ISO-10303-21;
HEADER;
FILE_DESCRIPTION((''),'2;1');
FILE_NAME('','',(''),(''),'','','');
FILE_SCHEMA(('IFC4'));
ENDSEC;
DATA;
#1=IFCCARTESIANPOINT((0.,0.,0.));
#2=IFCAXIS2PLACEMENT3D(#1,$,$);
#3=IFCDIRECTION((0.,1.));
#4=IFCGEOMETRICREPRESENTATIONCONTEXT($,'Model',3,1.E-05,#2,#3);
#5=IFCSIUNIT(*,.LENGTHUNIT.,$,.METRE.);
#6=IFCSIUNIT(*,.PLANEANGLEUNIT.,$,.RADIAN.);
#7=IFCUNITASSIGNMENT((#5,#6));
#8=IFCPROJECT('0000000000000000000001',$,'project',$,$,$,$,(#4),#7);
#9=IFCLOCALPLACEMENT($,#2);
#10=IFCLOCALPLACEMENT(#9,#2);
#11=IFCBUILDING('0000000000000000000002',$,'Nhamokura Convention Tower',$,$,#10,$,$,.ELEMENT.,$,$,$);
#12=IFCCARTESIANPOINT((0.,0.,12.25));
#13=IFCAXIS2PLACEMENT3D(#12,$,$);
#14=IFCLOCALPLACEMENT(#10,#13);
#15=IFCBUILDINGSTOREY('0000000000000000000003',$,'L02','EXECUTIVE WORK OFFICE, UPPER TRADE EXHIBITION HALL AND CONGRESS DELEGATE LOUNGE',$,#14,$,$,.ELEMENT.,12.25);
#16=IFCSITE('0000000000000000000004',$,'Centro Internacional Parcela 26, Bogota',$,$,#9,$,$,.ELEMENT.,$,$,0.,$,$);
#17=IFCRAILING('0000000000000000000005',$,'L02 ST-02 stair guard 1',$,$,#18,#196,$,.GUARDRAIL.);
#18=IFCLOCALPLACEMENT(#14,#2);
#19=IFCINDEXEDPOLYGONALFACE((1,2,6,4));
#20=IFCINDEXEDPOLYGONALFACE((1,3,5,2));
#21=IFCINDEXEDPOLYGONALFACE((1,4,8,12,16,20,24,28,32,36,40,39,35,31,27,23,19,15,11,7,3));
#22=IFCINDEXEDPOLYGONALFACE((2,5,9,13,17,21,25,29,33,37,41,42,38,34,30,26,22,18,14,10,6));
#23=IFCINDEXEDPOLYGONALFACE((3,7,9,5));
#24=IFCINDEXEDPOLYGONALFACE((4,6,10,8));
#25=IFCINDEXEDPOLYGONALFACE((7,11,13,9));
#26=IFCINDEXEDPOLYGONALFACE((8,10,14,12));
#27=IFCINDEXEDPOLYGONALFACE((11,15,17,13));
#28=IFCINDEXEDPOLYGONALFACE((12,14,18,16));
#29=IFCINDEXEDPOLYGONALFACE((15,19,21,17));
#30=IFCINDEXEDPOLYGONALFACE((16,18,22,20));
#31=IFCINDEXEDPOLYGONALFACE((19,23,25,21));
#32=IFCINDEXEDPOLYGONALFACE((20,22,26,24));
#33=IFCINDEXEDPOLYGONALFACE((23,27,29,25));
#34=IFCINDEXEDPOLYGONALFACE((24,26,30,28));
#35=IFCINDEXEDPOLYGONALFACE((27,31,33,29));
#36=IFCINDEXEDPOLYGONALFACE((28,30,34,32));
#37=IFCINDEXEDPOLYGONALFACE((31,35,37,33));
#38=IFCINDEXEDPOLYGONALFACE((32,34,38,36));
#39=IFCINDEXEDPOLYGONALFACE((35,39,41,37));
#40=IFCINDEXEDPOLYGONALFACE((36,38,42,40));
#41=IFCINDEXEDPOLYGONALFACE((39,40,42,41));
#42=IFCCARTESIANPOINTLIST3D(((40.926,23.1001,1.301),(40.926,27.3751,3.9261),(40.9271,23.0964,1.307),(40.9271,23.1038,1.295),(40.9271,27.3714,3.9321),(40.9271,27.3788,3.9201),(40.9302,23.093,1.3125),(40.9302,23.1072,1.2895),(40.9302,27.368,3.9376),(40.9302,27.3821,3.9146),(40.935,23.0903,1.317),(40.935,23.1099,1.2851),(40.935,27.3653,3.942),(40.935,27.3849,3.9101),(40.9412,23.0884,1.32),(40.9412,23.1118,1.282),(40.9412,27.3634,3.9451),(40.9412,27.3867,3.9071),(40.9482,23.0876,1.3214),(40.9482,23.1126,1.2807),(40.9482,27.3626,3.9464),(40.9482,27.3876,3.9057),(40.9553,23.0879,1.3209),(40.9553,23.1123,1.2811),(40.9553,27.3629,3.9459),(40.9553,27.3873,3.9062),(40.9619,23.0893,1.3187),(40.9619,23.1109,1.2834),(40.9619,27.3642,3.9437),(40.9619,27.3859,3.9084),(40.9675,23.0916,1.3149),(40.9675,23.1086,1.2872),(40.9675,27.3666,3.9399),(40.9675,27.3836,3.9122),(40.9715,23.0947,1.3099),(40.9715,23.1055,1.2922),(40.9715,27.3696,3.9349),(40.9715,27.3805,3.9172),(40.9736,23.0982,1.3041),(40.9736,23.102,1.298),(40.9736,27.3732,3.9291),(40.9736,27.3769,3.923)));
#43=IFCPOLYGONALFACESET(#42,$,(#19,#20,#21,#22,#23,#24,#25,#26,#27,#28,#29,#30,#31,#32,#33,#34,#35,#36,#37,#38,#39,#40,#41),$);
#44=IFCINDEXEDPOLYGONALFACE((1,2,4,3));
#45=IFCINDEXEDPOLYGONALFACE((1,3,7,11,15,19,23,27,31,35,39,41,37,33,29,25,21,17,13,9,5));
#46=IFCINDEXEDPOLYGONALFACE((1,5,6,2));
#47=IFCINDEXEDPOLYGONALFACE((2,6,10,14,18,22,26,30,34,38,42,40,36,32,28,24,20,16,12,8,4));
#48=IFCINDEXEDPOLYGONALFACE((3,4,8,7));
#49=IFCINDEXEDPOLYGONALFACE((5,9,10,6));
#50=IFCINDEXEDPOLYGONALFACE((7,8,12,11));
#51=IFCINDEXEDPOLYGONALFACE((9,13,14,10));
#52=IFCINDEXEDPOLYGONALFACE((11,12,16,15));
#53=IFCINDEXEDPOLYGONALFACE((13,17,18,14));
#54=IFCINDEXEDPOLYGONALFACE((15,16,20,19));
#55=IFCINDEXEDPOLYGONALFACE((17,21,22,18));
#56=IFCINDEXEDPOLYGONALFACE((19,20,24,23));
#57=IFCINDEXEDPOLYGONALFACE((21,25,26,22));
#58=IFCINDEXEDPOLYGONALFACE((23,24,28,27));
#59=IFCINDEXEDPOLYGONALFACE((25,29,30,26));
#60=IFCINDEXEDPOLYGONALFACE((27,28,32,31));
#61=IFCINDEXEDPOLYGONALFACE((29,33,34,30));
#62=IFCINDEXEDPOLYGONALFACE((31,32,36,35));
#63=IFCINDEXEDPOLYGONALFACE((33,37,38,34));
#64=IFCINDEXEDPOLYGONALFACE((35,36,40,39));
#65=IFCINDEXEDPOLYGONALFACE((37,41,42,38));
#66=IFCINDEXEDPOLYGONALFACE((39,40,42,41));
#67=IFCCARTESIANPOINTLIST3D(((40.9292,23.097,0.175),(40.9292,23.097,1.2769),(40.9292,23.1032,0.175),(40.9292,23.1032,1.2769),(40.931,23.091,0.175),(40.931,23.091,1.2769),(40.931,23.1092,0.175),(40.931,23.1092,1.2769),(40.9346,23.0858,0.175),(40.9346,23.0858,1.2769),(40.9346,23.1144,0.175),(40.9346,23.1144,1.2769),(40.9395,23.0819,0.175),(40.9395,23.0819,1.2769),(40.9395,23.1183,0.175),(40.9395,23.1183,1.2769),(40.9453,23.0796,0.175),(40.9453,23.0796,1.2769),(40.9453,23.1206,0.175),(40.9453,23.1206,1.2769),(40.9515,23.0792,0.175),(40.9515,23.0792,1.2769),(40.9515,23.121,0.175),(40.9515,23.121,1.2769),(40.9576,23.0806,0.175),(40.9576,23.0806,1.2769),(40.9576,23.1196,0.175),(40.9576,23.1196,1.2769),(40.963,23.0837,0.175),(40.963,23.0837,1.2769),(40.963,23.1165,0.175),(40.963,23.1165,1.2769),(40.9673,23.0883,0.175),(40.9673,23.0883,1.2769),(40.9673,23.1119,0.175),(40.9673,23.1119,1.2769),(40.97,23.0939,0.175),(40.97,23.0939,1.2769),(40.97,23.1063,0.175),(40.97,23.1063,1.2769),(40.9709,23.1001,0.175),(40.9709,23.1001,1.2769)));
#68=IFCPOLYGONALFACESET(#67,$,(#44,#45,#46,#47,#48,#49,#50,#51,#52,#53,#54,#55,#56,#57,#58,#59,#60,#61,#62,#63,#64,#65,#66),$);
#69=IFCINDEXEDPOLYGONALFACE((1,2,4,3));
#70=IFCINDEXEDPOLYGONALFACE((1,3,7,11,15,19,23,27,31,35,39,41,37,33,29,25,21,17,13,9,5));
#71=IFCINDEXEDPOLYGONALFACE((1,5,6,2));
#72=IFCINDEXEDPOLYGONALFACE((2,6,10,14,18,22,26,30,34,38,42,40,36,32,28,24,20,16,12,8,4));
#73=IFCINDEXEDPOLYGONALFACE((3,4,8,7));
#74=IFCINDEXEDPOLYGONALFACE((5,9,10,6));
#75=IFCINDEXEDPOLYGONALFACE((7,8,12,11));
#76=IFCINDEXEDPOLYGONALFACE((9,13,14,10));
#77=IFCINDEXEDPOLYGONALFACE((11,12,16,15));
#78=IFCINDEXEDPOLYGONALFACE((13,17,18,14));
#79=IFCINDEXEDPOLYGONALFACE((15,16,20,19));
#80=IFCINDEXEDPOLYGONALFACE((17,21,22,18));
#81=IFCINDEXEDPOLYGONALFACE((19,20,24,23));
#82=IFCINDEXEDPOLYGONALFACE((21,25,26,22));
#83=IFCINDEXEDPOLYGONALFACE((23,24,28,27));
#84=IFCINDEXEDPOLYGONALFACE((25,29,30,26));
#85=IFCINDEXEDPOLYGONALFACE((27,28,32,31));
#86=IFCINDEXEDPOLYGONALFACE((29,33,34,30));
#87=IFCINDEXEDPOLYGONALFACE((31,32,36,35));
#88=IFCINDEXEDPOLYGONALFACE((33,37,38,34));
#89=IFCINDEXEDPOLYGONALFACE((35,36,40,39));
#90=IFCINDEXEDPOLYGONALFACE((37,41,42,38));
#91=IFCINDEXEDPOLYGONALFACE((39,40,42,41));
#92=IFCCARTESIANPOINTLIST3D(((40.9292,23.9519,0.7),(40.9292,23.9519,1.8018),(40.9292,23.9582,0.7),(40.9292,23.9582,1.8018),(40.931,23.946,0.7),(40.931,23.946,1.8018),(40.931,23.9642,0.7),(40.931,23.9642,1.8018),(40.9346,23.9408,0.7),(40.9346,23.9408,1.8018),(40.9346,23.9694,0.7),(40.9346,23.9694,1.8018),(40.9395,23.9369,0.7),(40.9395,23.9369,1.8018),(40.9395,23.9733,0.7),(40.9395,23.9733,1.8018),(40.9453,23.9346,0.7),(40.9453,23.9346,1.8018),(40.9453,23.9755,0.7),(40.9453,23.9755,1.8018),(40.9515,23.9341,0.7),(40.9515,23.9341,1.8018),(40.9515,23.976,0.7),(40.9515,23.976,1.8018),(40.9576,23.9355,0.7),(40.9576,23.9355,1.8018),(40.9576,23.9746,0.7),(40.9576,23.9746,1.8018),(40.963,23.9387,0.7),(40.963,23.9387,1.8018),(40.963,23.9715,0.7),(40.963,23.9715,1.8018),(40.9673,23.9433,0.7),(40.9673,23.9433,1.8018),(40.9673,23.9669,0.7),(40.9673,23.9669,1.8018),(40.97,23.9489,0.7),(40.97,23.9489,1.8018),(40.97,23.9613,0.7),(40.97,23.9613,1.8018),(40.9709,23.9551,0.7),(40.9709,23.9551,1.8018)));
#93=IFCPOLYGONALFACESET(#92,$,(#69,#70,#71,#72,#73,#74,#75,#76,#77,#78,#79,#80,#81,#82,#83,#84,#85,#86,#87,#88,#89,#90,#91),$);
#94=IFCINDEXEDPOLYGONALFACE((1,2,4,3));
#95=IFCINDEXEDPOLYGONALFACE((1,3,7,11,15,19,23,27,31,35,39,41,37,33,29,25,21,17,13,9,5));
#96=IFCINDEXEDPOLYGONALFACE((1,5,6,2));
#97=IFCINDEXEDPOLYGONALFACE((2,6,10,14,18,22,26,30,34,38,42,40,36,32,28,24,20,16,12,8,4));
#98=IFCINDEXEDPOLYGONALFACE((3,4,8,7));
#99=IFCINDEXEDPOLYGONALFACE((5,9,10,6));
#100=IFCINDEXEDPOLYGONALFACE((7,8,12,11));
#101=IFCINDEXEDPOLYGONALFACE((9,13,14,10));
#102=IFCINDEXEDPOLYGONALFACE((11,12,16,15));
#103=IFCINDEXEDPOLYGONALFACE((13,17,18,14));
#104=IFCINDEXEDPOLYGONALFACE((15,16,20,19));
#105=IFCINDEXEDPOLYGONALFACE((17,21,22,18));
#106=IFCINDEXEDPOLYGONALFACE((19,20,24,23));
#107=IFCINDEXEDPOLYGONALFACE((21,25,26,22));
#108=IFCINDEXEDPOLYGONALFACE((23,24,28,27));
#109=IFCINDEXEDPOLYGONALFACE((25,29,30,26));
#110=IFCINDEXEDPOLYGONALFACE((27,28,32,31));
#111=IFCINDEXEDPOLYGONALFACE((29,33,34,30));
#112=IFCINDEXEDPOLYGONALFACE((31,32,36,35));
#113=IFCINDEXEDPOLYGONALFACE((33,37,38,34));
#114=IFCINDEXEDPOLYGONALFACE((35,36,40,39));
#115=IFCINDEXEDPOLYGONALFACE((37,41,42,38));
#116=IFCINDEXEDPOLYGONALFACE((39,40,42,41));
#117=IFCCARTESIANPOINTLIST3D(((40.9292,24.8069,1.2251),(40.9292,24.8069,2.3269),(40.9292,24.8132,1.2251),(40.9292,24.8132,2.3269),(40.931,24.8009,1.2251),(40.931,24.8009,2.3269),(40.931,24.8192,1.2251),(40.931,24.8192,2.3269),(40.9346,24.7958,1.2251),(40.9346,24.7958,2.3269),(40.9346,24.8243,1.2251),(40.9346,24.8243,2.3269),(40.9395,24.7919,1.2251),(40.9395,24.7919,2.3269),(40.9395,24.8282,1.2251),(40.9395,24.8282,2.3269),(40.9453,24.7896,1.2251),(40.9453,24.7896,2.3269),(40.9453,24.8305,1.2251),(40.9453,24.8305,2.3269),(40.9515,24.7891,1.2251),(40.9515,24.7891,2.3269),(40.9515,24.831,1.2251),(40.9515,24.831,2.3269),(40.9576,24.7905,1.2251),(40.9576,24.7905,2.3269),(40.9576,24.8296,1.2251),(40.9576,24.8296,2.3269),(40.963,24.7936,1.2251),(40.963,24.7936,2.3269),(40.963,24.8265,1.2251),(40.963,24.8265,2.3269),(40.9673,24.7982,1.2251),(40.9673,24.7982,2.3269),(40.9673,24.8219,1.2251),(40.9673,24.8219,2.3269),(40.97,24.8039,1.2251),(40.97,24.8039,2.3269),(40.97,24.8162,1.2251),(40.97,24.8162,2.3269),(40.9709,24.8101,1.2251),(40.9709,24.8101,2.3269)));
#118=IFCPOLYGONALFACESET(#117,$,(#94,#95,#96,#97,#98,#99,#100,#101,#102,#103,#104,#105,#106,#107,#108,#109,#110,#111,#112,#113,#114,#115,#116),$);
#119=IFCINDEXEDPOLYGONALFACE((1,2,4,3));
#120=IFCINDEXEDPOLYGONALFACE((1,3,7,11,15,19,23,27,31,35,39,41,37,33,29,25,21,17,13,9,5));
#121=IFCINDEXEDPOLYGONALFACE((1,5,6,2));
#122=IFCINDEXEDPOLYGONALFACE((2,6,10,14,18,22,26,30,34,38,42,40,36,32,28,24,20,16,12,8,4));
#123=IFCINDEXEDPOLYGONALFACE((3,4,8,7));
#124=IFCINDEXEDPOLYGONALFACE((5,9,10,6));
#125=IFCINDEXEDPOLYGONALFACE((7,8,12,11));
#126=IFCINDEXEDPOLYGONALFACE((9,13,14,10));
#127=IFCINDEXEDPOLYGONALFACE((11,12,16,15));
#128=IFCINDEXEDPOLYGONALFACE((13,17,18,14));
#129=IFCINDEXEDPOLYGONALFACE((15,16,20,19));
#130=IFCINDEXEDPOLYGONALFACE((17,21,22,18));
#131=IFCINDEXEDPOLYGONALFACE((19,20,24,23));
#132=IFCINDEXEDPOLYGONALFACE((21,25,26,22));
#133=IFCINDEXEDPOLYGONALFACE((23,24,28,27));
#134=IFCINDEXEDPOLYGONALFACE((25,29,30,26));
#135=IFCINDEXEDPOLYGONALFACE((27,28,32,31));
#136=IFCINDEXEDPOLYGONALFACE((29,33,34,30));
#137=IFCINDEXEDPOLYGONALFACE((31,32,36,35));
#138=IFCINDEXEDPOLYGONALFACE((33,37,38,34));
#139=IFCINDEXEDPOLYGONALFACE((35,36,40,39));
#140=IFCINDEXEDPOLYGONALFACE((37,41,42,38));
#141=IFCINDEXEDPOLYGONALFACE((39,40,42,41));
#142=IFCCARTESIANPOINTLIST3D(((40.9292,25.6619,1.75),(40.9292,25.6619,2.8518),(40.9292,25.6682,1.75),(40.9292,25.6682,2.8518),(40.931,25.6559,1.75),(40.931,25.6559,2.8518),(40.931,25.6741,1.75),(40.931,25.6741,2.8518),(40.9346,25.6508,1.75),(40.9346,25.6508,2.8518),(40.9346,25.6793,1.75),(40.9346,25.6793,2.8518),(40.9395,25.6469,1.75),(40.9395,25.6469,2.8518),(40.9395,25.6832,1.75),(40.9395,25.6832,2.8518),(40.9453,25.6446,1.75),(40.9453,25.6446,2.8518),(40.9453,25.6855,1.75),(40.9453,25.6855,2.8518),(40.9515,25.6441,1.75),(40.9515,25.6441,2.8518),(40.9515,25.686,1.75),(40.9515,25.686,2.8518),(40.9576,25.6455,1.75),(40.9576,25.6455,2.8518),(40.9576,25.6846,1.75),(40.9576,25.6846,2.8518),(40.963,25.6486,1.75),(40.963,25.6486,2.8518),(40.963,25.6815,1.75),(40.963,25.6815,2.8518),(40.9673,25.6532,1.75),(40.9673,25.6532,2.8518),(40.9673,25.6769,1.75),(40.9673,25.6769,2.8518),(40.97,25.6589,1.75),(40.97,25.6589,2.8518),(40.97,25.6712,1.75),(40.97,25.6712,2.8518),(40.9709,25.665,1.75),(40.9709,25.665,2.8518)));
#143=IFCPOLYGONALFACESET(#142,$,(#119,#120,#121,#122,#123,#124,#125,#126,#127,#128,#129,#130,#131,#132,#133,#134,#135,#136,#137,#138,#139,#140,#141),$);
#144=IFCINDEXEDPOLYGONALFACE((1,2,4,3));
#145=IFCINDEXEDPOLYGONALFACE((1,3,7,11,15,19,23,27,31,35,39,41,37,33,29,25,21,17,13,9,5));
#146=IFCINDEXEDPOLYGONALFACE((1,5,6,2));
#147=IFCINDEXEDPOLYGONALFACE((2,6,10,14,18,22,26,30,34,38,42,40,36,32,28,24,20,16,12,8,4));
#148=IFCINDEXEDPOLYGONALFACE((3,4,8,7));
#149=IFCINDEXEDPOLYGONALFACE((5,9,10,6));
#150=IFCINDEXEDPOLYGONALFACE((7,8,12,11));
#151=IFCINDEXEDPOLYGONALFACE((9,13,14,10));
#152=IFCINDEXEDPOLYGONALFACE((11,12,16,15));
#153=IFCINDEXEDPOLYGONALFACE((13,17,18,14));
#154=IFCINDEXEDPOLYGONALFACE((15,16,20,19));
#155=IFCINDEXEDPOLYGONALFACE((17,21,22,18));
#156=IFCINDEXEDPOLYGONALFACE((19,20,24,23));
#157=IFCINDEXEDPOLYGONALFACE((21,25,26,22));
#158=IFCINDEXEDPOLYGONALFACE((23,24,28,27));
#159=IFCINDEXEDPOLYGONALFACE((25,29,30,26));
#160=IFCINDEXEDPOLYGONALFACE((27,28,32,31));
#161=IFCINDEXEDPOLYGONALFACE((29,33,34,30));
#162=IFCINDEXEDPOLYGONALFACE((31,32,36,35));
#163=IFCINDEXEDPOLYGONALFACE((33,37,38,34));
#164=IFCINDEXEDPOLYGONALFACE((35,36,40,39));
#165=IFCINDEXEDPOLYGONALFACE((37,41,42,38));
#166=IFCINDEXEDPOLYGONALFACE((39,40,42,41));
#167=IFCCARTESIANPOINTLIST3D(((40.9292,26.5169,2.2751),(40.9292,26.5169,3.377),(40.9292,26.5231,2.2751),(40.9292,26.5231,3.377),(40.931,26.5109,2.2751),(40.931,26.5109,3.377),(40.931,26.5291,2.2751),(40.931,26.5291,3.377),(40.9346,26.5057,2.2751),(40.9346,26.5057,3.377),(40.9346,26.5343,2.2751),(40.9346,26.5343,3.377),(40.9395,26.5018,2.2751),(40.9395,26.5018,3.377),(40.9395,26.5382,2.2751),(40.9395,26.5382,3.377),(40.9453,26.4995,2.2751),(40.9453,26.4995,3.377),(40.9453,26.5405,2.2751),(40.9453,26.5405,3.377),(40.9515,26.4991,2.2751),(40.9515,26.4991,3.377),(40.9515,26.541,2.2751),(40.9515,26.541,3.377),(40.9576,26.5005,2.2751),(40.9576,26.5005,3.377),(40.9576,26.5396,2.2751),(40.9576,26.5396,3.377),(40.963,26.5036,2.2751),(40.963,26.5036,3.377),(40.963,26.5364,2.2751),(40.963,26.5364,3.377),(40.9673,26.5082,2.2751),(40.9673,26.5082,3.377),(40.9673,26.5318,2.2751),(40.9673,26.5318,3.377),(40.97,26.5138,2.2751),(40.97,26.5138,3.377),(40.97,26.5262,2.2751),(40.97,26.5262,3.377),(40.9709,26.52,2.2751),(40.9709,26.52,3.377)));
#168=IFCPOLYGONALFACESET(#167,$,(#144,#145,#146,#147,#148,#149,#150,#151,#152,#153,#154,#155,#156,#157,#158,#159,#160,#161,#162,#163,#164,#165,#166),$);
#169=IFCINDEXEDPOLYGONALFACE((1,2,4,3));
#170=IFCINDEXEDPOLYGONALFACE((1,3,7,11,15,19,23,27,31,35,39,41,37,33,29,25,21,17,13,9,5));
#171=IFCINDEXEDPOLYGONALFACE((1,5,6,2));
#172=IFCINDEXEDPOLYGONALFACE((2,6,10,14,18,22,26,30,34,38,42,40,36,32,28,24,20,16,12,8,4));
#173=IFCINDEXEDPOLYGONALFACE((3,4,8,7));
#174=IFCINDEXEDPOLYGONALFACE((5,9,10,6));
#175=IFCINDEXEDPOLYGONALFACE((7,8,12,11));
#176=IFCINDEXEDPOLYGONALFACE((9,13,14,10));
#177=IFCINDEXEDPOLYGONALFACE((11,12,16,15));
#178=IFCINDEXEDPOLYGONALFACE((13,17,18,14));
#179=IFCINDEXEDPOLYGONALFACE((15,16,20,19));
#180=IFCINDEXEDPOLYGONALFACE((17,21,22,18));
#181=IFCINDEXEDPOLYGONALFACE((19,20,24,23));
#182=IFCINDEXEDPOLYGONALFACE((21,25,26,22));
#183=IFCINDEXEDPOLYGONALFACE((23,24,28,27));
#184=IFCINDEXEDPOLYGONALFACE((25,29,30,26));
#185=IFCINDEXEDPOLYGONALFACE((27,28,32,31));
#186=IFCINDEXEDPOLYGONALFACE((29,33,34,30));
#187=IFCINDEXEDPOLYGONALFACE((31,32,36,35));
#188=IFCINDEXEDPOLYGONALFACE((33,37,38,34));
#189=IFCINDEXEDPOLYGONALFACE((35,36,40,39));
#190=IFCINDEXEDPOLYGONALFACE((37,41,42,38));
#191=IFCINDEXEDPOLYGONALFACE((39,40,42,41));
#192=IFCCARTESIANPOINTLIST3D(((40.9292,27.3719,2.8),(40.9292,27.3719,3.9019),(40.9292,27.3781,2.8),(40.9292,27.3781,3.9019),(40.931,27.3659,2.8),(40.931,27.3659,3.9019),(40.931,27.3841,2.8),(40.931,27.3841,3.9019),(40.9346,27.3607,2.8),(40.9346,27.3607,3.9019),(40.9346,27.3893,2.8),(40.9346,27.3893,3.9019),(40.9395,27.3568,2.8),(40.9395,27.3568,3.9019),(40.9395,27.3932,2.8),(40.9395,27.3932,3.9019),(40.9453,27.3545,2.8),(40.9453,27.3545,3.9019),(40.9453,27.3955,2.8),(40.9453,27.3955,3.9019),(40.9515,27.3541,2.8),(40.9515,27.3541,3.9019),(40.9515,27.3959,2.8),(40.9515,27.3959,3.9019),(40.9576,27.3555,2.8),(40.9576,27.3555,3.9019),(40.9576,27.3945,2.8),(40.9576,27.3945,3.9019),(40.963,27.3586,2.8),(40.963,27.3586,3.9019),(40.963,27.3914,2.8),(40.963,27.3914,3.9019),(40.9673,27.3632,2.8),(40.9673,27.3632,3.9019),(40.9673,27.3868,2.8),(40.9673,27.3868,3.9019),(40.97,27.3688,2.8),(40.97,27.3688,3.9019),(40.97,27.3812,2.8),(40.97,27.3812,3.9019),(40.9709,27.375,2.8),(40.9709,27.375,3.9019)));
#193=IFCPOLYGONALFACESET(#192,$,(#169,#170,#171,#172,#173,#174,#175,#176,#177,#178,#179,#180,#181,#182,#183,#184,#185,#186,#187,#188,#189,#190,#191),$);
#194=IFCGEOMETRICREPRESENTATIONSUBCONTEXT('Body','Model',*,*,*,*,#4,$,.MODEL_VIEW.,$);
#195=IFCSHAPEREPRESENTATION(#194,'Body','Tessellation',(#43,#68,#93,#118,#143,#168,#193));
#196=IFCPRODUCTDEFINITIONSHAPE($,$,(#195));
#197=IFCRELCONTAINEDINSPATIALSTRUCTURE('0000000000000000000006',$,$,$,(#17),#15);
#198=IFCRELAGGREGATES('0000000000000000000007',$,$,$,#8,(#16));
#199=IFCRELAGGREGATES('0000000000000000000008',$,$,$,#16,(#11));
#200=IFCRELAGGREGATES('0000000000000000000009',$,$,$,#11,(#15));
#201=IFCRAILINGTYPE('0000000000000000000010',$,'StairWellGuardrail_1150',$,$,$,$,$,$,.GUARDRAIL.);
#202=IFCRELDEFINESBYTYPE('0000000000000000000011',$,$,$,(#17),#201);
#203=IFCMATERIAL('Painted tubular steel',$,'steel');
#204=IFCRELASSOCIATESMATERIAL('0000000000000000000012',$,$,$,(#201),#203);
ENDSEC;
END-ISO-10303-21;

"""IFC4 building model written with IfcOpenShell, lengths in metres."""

from ifc_helpers import new_model, si_unit, direction, frame, origin, origin_2d, place, context, subcontext, project, spatial, circle, extrude, material, type_object, element, save


model = new_model("IFC4")

# Units and contexts
model_context = context("Model", 3, precision=1e-05, world=origin(), true_north=direction((0.0, 1.0)))
body_context = subcontext(model_context, "Body", "Model", "MODEL_VIEW")
ifc_project = project(units=[si_unit("LENGTHUNIT", "METRE"), si_unit("PLANEANGLEUNIT", "RADIAN")], contexts=[model_context])

# Site, building, storey
site_placement = place(None, origin())
site = spatial("IfcSite", under=ifc_project, at=site_placement, Name="Centro Internacional Parcela 26, Bogota", CompositionType="ELEMENT", RefElevation=0.0)
building_placement = place(site_placement, origin())
building = spatial("IfcBuilding", under=site, at=building_placement, Name="Nhamokura Convention Tower", CompositionType="ELEMENT")
storey_placement = place(building_placement, frame((0.0, 0.0, 12.25)))
storey = spatial("IfcBuildingStorey", under=building, at=storey_placement, Name="L02", Description="EXECUTIVE WORK OFFICE, UPPER TRADE EXHIBITION HALL AND CONGRESS DELEGATE LOUNGE", CompositionType="ELEMENT", Elevation=12.25)

# Railing
ifc_material_1 = material(Name="Painted tubular steel", Category="steel")
railing_type_1 = type_object("IfcRailingType", Name="StairWellGuardrail_1150", PredefinedType="GUARDRAIL", material=ifc_material_1)
railing_1_placement = place(storey_placement, frame((40.95, 23.1001, 0.175)))
element("IfcRailing", 1, at=railing_1_placement, inside=storey, type_object=railing_type_1, Name="L02 ST-02 stair guard 1", PredefinedType="GUARDRAIL", context=body_context, shape_type="SweptSolid", body=[
    extrude(circle(Radius=0.0239, at=origin_2d()), frame((0.0, 0.0, 1.126), z_axis=(0.0, 0.852166, 0.523272), x_axis=(-1.0, 0.0, 0.0)), (0.0, 0.0, 1.0), 5.0166),
    extrude(circle(Radius=0.021, at=origin_2d()), origin(), (0.0, 0.0, 1.0), 1.1018),
    extrude(circle(Radius=0.021, at=origin_2d()), frame((0.0, 0.855, 0.5249)), (0.0, 0.0, 1.0), 1.1018),
    extrude(circle(Radius=0.021, at=origin_2d()), frame((0.0, 1.71, 1.05)), (0.0, 0.0, 1.0), 1.1018),
    extrude(circle(Radius=0.021, at=origin_2d()), frame((0.0, 2.5649, 1.575)), (0.0, 0.0, 1.0), 1.1018),
    extrude(circle(Radius=0.021, at=origin_2d()), frame((0.0, 3.4199, 2.1001)), (0.0, 0.0, 1.0), 1.1018),
    extrude(circle(Radius=0.021, at=origin_2d()), frame((0.0, 4.2749, 2.625)), (0.0, 0.0, 1.0), 1.1018),
])

save(model, "model.ifc")
